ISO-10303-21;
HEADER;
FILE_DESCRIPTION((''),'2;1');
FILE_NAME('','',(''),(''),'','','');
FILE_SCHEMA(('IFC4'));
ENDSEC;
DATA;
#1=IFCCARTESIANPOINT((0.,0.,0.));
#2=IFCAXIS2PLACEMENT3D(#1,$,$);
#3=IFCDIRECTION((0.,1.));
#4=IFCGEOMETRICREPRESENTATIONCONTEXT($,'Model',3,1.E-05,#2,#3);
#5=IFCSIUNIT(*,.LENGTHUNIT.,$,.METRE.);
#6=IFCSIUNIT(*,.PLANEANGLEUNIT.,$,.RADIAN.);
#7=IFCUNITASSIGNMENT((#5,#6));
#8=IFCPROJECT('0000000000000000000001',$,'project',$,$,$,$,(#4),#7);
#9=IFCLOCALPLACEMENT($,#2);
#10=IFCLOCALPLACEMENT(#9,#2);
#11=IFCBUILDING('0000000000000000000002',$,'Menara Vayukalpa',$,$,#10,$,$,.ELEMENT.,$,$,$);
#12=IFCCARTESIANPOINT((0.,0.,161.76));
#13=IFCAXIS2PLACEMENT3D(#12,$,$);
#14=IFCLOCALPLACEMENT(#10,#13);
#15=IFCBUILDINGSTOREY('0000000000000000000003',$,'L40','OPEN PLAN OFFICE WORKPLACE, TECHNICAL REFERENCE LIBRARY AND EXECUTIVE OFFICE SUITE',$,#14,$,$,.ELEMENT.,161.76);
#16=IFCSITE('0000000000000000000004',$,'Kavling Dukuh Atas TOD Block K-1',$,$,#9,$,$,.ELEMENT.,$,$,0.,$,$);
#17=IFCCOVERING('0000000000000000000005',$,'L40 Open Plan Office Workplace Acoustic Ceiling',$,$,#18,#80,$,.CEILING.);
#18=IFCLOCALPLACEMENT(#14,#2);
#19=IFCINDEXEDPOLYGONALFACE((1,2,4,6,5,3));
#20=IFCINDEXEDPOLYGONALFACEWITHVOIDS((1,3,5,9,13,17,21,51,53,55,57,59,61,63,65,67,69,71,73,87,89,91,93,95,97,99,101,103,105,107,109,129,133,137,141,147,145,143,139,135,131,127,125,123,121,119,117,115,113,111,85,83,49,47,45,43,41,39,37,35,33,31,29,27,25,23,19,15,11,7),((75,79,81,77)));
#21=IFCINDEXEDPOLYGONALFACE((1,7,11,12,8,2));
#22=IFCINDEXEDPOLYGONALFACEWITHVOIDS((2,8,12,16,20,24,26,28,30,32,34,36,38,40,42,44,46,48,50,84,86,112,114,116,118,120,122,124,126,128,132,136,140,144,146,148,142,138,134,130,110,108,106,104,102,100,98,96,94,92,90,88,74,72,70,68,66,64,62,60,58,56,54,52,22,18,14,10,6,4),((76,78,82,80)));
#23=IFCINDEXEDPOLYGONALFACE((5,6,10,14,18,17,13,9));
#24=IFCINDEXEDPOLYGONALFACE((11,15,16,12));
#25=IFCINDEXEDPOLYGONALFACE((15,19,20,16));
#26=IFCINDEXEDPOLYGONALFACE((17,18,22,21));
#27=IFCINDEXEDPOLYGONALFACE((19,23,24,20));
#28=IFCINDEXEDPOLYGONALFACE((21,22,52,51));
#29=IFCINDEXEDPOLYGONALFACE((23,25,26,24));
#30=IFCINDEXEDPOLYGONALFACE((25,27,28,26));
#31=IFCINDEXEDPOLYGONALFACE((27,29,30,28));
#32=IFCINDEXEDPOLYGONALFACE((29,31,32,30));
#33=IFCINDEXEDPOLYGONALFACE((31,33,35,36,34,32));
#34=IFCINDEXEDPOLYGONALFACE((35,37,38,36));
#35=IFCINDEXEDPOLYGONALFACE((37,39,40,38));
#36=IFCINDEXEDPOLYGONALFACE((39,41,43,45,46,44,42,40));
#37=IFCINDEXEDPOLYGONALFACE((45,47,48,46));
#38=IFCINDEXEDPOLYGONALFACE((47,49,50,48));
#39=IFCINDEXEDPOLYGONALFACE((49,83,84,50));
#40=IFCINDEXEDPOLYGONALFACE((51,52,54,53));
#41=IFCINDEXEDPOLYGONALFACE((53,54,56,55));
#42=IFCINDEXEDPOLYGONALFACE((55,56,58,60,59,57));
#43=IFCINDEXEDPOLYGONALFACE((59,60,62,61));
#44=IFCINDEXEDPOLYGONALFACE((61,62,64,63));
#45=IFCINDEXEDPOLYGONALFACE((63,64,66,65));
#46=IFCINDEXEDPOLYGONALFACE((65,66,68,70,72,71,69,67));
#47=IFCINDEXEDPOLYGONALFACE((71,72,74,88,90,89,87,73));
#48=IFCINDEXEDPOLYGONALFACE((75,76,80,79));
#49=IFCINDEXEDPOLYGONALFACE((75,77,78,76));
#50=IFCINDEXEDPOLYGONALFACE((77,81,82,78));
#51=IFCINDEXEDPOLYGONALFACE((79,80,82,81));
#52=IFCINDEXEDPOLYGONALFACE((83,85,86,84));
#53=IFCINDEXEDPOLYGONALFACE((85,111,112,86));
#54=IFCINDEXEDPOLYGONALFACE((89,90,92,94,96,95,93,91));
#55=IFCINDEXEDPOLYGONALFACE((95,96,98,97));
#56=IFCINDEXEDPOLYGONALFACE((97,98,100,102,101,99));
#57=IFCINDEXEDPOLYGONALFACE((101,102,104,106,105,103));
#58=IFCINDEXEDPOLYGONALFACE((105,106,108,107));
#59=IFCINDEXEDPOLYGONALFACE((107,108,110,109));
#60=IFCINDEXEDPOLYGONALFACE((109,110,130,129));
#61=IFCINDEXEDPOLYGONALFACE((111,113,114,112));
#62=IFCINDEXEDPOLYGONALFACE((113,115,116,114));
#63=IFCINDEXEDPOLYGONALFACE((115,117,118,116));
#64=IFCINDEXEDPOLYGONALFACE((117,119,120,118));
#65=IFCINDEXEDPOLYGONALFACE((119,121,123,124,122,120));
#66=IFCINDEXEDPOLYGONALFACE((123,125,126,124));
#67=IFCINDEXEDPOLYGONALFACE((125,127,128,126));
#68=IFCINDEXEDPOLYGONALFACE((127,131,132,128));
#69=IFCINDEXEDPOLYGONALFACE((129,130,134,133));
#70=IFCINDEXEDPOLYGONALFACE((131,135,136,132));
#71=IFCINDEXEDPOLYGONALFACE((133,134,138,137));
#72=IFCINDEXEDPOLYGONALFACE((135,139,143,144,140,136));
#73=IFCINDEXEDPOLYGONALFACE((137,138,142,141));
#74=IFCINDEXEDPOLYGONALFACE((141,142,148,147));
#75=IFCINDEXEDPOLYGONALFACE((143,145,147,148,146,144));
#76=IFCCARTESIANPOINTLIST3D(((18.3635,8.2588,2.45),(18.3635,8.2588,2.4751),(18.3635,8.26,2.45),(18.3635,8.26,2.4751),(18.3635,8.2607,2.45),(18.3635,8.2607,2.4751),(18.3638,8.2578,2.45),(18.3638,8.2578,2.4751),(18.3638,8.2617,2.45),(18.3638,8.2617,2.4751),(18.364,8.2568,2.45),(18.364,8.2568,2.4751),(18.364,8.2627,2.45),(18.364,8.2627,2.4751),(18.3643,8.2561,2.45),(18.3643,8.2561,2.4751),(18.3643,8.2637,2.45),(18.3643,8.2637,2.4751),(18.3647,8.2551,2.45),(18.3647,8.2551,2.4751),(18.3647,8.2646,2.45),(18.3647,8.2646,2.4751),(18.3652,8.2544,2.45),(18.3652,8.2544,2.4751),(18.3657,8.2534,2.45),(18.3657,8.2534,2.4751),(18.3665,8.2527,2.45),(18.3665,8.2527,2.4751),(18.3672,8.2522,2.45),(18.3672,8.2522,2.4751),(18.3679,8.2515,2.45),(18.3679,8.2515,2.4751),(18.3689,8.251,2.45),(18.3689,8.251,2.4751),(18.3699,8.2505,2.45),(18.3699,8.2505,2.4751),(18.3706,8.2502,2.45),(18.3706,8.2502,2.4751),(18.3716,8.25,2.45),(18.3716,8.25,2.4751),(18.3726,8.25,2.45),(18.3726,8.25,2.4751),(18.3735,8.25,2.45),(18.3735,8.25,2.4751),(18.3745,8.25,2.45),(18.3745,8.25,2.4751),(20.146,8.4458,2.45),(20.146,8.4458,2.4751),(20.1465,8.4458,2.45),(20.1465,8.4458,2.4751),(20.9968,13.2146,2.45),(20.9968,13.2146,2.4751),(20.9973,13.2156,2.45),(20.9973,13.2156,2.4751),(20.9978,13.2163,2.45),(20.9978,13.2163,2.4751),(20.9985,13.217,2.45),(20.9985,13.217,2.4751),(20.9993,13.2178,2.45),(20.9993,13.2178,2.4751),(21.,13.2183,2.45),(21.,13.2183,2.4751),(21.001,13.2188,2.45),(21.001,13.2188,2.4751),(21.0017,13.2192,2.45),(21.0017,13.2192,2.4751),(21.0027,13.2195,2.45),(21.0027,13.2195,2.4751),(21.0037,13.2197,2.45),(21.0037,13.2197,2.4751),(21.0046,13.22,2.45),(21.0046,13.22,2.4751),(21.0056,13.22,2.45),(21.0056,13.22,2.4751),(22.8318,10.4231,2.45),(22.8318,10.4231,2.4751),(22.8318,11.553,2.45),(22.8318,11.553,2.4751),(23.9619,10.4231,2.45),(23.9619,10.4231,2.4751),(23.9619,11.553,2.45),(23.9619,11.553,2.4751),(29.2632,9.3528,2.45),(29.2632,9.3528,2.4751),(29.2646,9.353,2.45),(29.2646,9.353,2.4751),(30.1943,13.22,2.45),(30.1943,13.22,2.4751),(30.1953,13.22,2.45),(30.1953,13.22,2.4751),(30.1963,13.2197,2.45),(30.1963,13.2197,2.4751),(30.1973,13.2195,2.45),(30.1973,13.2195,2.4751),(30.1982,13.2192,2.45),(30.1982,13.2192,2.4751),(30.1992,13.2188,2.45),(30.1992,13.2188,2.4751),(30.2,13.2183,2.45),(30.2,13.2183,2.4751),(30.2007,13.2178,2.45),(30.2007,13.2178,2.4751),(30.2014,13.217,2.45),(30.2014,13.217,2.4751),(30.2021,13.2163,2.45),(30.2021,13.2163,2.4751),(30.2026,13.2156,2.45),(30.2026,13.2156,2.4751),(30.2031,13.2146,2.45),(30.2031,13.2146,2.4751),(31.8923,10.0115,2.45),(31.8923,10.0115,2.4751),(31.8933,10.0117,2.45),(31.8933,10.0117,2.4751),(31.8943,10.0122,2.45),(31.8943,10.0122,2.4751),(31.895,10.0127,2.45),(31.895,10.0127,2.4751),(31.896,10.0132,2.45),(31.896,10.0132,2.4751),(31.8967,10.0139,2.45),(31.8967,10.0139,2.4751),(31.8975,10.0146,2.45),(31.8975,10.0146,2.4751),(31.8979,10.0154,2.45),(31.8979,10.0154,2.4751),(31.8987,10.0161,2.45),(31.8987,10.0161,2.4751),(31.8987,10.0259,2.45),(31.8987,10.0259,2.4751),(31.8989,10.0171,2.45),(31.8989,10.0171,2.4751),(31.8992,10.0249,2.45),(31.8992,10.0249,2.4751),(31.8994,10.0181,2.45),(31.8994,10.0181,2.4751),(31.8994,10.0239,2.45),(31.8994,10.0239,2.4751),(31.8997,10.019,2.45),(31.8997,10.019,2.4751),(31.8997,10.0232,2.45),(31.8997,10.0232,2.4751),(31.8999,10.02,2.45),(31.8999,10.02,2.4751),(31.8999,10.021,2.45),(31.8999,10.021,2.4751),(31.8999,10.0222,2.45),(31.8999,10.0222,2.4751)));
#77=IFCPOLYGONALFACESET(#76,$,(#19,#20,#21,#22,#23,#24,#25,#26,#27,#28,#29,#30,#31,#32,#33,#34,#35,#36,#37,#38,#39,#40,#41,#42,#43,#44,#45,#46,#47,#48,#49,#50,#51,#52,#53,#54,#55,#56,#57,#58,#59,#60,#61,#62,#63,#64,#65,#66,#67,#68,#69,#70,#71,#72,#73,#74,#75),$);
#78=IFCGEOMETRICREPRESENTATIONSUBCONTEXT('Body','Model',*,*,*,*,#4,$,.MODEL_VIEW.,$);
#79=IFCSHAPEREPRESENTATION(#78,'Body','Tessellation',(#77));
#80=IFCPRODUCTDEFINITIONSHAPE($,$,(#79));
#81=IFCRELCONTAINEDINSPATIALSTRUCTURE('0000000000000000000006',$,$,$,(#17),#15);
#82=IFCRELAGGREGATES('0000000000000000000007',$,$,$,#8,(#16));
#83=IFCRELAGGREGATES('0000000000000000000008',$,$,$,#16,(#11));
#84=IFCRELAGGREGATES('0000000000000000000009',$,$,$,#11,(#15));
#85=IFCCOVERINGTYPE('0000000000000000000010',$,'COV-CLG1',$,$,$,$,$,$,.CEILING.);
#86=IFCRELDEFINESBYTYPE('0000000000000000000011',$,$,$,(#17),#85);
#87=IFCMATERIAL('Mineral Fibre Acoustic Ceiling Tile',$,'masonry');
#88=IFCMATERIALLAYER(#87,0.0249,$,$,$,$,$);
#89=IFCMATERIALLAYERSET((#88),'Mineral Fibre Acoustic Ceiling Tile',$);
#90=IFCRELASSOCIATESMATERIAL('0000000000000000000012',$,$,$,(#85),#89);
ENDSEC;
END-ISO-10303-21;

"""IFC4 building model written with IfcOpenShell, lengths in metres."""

from ifc_helpers import new_model, si_unit, direction, frame, origin, place, context, subcontext, project, spatial, polyline, outline, extrude, material, layer, layer_set, type_object, element, save


model = new_model("IFC4")

# Units and contexts
model_context = context("Model", 3, precision=1e-05, world=origin(), true_north=direction((0.0, 1.0)))
body_context = subcontext(model_context, "Body", "Model", "MODEL_VIEW")
ifc_project = project(units=[si_unit("LENGTHUNIT", "METRE"), si_unit("PLANEANGLEUNIT", "RADIAN")], contexts=[model_context])

# Site, building, storey
site_placement = place(None, origin())
site = spatial("IfcSite", under=ifc_project, at=site_placement, Name="Kavling Dukuh Atas TOD Block K-1", CompositionType="ELEMENT", RefElevation=0.0)
building_placement = place(site_placement, origin())
building = spatial("IfcBuilding", under=site, at=building_placement, Name="Menara Vayukalpa", CompositionType="ELEMENT")
storey_placement = place(building_placement, frame((0.0, 0.0, 161.76)))
storey = spatial("IfcBuildingStorey", under=building, at=storey_placement, Name="L40", Description="OPEN PLAN OFFICE WORKPLACE, TECHNICAL REFERENCE LIBRARY AND EXECUTIVE OFFICE SUITE", CompositionType="ELEMENT", Elevation=161.76)

# Covering
ifc_material_1 = material(Name="Mineral Fibre Acoustic Ceiling Tile", Category="masonry")
ifc_layer_1 = layer(ifc_material_1, 0.0249)
ifc_layer_set_1 = layer_set([ifc_layer_1], Name="Mineral Fibre Acoustic Ceiling Tile")
covering_type_1 = type_object("IfcCoveringType", Name="COV-CLG1", PredefinedType="CEILING", material=ifc_layer_set_1)
covering_1_placement = place(storey_placement, frame((0.0, 0.0, 2.45)))
element("IfcCovering", 1, at=covering_1_placement, inside=storey, type_object=covering_type_1, Name="L40 Open Plan Office Workplace Acoustic Ceiling", PredefinedType="CEILING", context=body_context, shape_type="SweptSolid", body=[
    extrude(outline(polyline([(18.3735, 8.25), (18.3726, 8.25), (18.3716, 8.25), (18.3706, 8.2502), (18.3699, 8.2505), (18.3689, 8.251), (18.3679, 8.2515), (18.3672, 8.2522), (18.3665, 8.2527), (18.3657, 8.2534), (18.3652, 8.2544), (18.3647, 8.2551), (18.3643, 8.2561), (18.364, 8.2568), (18.3638, 8.2578), (18.3635, 8.2588), (18.3635, 8.26), (18.3635, 8.2607), (18.3638, 8.2617), (18.364, 8.2627), (18.3643, 8.2637), (18.3647, 8.2646), (20.9968, 13.2146), (20.9973, 13.2156), (20.9978, 13.2163), (20.9985, 13.217), (20.9993, 13.2178), (21.0, 13.2183), (21.001, 13.2188), (21.0017, 13.2192), (21.0027, 13.2195), (21.0037, 13.2197), (21.0046, 13.22), (21.0056, 13.22), (30.1943, 13.22), (30.1953, 13.22), (30.1963, 13.2197), (30.1973, 13.2195), (30.1982, 13.2192), (30.1992, 13.2188), (30.2, 13.2183), (30.2007, 13.2178), (30.2014, 13.217), (30.2021, 13.2163), (30.2026, 13.2156), (30.2031, 13.2146), (31.8987, 10.0259), (31.8992, 10.0249), (31.8994, 10.0239), (31.8997, 10.0232), (31.8999, 10.0222), (31.8999, 10.021), (31.8999, 10.02), (31.8997, 10.019), (31.8994, 10.0181), (31.8989, 10.0171), (31.8987, 10.0161), (31.8979, 10.0154), (31.8975, 10.0146), (31.8967, 10.0139), (31.896, 10.0132), (31.895, 10.0127), (31.8943, 10.0122), (31.8933, 10.0117), (31.8923, 10.0115), (29.2646, 9.353), (29.2632, 9.3528), (20.1465, 8.4458), (20.146, 8.4458), (18.3745, 8.25), (18.3735, 8.25)]), holes=[polyline([(23.9619, 11.553), (22.8318, 11.553), (22.8318, 10.4231), (23.9619, 10.4231), (23.9619, 11.553)])]), origin(), (0.0, 0.0, 1.0), 0.0251),
])

save(model, "model.ifc")
